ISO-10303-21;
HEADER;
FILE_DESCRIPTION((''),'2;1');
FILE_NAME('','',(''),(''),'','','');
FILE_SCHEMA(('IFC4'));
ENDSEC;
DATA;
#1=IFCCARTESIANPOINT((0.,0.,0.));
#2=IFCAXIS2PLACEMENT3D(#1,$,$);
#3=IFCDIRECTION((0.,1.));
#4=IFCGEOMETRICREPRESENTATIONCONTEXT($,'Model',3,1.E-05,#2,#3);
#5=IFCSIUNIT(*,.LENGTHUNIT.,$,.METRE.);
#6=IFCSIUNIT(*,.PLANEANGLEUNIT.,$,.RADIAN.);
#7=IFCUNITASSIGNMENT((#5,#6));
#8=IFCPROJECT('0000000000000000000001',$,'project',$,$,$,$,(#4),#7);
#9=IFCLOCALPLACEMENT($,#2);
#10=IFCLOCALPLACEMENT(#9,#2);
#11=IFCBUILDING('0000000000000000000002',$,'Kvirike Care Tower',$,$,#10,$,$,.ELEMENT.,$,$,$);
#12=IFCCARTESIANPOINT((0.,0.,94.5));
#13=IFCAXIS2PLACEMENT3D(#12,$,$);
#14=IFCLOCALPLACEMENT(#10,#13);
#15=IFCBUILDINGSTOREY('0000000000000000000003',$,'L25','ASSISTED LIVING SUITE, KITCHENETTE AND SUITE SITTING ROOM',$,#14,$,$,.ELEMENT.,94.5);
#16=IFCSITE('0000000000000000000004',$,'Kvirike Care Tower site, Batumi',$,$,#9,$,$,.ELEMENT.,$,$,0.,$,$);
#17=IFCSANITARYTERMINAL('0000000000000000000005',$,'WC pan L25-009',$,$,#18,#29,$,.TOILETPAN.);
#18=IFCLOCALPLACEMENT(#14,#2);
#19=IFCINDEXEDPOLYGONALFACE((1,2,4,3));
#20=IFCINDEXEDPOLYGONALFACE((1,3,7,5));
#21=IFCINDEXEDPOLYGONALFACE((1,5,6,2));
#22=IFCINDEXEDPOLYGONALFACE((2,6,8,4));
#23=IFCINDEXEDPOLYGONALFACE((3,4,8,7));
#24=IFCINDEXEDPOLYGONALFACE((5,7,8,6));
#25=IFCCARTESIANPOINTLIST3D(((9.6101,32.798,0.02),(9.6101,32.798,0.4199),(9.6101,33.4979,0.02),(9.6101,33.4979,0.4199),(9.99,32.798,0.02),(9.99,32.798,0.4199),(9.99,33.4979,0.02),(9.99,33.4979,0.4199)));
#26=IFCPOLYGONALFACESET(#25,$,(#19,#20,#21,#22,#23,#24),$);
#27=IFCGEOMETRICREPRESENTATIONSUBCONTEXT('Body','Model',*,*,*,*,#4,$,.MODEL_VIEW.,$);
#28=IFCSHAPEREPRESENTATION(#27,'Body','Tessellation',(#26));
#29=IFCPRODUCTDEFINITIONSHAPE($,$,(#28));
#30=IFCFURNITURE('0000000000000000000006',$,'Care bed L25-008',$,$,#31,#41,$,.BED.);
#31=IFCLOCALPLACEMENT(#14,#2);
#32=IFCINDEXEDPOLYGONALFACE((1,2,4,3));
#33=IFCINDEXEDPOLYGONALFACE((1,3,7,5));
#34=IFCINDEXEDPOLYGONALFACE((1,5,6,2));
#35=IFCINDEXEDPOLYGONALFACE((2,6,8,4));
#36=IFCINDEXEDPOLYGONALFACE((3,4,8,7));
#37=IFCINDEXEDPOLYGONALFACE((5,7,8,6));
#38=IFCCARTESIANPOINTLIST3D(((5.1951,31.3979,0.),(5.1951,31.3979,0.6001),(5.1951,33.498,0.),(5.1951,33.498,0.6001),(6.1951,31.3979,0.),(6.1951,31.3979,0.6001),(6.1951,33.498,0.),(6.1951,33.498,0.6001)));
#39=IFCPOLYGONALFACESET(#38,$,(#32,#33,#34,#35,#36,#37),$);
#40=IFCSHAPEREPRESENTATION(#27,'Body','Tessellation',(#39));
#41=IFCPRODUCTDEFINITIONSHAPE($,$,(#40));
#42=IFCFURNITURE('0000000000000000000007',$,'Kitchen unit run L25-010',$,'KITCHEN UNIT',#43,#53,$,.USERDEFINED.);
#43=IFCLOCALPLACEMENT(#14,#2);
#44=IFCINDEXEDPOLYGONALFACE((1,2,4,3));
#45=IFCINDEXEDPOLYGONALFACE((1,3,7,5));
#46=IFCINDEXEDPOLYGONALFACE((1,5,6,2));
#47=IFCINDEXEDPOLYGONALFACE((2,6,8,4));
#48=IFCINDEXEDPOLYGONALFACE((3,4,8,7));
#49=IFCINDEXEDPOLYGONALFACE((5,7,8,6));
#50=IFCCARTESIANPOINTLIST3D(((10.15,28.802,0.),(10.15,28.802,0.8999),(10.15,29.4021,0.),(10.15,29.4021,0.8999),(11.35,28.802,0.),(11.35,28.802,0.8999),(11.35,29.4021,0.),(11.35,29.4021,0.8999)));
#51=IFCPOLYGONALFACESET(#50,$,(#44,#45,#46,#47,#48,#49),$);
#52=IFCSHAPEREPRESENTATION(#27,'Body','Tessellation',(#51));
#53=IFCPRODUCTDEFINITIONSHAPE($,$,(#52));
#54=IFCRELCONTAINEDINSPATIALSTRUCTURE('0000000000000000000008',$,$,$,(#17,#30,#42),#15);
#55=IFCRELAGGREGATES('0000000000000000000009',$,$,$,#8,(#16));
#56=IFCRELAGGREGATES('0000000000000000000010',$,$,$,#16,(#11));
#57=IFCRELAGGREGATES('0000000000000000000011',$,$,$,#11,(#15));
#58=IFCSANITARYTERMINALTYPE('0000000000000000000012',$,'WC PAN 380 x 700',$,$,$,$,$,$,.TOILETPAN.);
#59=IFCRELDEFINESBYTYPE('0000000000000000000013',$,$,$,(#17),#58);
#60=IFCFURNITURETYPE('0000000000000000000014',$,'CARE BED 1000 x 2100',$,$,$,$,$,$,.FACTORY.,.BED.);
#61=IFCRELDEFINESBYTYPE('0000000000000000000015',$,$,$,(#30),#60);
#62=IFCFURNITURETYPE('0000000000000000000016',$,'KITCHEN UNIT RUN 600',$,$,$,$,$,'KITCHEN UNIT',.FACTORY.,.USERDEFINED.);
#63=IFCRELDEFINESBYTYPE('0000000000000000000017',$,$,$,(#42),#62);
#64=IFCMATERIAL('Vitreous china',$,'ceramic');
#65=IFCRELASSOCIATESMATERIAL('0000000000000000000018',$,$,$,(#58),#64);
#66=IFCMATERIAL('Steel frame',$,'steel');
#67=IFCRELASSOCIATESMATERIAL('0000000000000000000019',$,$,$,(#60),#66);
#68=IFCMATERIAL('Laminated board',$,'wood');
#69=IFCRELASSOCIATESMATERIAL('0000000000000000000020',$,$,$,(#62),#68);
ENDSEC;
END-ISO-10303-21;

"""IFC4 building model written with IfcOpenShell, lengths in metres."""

from ifc_helpers import new_model, si_unit, direction, frame, origin, origin_2d, place, context, subcontext, project, spatial, rectangle, extrude, material, type_object, element, save


model = new_model("IFC4")

# Units and contexts
model_context = context("Model", 3, precision=1e-05, world=origin(), true_north=direction((0.0, 1.0)))
body_context = subcontext(model_context, "Body", "Model", "MODEL_VIEW")
ifc_project = project(units=[si_unit("LENGTHUNIT", "METRE"), si_unit("PLANEANGLEUNIT", "RADIAN")], contexts=[model_context])

# Site, building, storey
site_placement = place(None, origin())
site = spatial("IfcSite", under=ifc_project, at=site_placement, Name="Kvirike Care Tower site, Batumi", CompositionType="ELEMENT", RefElevation=0.0)
building_placement = place(site_placement, origin())
building = spatial("IfcBuilding", under=site, at=building_placement, Name="Kvirike Care Tower", CompositionType="ELEMENT")
storey_placement = place(building_placement, frame((0.0, 0.0, 94.5)))
storey = spatial("IfcBuildingStorey", under=building, at=storey_placement, Name="L25", Description="ASSISTED LIVING SUITE, KITCHENETTE AND SUITE SITTING ROOM", CompositionType="ELEMENT", Elevation=94.5)

# Sanitary terminal
ifc_material_1 = material(Name="Vitreous china", Category="ceramic")
sanitary_terminal_type = type_object("IfcSanitaryTerminalType", Name="WC PAN 380 x 700", PredefinedType="TOILETPAN", material=ifc_material_1)
sanitary_terminal_placement = place(storey_placement, frame((9.8, 33.1479, 0.02), z_axis=(0.0, 0.0, 1.0), x_axis=(1.0, 0.0, 0.0)))
element("IfcSanitaryTerminal", 1, at=sanitary_terminal_placement, inside=storey, type_object=sanitary_terminal_type, Name="WC pan L25-009", PredefinedType="TOILETPAN", context=body_context, shape_type="SweptSolid", body=[
    extrude(rectangle(XDim=0.3799, YDim=0.7, at=origin_2d()), origin(), (0.0, 0.0, 1.0), 0.3999),
])

# Furniture
ifc_material_2 = material(Name="Steel frame", Category="steel")
furniture_type_1 = type_object("IfcFurnitureType", Name="CARE BED 1000 x 2100", AssemblyPlace="FACTORY", PredefinedType="BED", material=ifc_material_2)
furniture_1_placement = place(storey_placement, frame((5.6951, 32.448, 0.0), z_axis=(0.0, 0.0, 1.0), x_axis=(1.0, 0.0, 0.0)))
element("IfcFurniture", 2, at=furniture_1_placement, inside=storey, type_object=furniture_type_1, Name="Care bed L25-008", PredefinedType="BED", context=body_context, shape_type="SweptSolid", body=[
    extrude(rectangle(XDim=1.0, YDim=2.1001, at=origin_2d()), origin(), (0.0, 0.0, 1.0), 0.6001),
])
ifc_material_3 = material(Name="Laminated board", Category="wood")
furniture_type_2 = type_object("IfcFurnitureType", Name="KITCHEN UNIT RUN 600", ElementType="KITCHEN UNIT", AssemblyPlace="FACTORY", PredefinedType="USERDEFINED", material=ifc_material_3)
furniture_2_placement = place(storey_placement, frame((10.75, 29.1021, 0.0), z_axis=(0.0, 0.0, 1.0), x_axis=(-1.0, 0.0, 0.0)))
element("IfcFurniture", 3, at=furniture_2_placement, inside=storey, type_object=furniture_type_2, Name="Kitchen unit run L25-010", ObjectType="KITCHEN UNIT", PredefinedType="USERDEFINED", context=body_context, shape_type="SweptSolid", body=[
    extrude(rectangle(XDim=1.2, YDim=0.6001, at=origin_2d()), origin(), (0.0, 0.0, 1.0), 0.8999),
])

save(model, "model.ifc")
